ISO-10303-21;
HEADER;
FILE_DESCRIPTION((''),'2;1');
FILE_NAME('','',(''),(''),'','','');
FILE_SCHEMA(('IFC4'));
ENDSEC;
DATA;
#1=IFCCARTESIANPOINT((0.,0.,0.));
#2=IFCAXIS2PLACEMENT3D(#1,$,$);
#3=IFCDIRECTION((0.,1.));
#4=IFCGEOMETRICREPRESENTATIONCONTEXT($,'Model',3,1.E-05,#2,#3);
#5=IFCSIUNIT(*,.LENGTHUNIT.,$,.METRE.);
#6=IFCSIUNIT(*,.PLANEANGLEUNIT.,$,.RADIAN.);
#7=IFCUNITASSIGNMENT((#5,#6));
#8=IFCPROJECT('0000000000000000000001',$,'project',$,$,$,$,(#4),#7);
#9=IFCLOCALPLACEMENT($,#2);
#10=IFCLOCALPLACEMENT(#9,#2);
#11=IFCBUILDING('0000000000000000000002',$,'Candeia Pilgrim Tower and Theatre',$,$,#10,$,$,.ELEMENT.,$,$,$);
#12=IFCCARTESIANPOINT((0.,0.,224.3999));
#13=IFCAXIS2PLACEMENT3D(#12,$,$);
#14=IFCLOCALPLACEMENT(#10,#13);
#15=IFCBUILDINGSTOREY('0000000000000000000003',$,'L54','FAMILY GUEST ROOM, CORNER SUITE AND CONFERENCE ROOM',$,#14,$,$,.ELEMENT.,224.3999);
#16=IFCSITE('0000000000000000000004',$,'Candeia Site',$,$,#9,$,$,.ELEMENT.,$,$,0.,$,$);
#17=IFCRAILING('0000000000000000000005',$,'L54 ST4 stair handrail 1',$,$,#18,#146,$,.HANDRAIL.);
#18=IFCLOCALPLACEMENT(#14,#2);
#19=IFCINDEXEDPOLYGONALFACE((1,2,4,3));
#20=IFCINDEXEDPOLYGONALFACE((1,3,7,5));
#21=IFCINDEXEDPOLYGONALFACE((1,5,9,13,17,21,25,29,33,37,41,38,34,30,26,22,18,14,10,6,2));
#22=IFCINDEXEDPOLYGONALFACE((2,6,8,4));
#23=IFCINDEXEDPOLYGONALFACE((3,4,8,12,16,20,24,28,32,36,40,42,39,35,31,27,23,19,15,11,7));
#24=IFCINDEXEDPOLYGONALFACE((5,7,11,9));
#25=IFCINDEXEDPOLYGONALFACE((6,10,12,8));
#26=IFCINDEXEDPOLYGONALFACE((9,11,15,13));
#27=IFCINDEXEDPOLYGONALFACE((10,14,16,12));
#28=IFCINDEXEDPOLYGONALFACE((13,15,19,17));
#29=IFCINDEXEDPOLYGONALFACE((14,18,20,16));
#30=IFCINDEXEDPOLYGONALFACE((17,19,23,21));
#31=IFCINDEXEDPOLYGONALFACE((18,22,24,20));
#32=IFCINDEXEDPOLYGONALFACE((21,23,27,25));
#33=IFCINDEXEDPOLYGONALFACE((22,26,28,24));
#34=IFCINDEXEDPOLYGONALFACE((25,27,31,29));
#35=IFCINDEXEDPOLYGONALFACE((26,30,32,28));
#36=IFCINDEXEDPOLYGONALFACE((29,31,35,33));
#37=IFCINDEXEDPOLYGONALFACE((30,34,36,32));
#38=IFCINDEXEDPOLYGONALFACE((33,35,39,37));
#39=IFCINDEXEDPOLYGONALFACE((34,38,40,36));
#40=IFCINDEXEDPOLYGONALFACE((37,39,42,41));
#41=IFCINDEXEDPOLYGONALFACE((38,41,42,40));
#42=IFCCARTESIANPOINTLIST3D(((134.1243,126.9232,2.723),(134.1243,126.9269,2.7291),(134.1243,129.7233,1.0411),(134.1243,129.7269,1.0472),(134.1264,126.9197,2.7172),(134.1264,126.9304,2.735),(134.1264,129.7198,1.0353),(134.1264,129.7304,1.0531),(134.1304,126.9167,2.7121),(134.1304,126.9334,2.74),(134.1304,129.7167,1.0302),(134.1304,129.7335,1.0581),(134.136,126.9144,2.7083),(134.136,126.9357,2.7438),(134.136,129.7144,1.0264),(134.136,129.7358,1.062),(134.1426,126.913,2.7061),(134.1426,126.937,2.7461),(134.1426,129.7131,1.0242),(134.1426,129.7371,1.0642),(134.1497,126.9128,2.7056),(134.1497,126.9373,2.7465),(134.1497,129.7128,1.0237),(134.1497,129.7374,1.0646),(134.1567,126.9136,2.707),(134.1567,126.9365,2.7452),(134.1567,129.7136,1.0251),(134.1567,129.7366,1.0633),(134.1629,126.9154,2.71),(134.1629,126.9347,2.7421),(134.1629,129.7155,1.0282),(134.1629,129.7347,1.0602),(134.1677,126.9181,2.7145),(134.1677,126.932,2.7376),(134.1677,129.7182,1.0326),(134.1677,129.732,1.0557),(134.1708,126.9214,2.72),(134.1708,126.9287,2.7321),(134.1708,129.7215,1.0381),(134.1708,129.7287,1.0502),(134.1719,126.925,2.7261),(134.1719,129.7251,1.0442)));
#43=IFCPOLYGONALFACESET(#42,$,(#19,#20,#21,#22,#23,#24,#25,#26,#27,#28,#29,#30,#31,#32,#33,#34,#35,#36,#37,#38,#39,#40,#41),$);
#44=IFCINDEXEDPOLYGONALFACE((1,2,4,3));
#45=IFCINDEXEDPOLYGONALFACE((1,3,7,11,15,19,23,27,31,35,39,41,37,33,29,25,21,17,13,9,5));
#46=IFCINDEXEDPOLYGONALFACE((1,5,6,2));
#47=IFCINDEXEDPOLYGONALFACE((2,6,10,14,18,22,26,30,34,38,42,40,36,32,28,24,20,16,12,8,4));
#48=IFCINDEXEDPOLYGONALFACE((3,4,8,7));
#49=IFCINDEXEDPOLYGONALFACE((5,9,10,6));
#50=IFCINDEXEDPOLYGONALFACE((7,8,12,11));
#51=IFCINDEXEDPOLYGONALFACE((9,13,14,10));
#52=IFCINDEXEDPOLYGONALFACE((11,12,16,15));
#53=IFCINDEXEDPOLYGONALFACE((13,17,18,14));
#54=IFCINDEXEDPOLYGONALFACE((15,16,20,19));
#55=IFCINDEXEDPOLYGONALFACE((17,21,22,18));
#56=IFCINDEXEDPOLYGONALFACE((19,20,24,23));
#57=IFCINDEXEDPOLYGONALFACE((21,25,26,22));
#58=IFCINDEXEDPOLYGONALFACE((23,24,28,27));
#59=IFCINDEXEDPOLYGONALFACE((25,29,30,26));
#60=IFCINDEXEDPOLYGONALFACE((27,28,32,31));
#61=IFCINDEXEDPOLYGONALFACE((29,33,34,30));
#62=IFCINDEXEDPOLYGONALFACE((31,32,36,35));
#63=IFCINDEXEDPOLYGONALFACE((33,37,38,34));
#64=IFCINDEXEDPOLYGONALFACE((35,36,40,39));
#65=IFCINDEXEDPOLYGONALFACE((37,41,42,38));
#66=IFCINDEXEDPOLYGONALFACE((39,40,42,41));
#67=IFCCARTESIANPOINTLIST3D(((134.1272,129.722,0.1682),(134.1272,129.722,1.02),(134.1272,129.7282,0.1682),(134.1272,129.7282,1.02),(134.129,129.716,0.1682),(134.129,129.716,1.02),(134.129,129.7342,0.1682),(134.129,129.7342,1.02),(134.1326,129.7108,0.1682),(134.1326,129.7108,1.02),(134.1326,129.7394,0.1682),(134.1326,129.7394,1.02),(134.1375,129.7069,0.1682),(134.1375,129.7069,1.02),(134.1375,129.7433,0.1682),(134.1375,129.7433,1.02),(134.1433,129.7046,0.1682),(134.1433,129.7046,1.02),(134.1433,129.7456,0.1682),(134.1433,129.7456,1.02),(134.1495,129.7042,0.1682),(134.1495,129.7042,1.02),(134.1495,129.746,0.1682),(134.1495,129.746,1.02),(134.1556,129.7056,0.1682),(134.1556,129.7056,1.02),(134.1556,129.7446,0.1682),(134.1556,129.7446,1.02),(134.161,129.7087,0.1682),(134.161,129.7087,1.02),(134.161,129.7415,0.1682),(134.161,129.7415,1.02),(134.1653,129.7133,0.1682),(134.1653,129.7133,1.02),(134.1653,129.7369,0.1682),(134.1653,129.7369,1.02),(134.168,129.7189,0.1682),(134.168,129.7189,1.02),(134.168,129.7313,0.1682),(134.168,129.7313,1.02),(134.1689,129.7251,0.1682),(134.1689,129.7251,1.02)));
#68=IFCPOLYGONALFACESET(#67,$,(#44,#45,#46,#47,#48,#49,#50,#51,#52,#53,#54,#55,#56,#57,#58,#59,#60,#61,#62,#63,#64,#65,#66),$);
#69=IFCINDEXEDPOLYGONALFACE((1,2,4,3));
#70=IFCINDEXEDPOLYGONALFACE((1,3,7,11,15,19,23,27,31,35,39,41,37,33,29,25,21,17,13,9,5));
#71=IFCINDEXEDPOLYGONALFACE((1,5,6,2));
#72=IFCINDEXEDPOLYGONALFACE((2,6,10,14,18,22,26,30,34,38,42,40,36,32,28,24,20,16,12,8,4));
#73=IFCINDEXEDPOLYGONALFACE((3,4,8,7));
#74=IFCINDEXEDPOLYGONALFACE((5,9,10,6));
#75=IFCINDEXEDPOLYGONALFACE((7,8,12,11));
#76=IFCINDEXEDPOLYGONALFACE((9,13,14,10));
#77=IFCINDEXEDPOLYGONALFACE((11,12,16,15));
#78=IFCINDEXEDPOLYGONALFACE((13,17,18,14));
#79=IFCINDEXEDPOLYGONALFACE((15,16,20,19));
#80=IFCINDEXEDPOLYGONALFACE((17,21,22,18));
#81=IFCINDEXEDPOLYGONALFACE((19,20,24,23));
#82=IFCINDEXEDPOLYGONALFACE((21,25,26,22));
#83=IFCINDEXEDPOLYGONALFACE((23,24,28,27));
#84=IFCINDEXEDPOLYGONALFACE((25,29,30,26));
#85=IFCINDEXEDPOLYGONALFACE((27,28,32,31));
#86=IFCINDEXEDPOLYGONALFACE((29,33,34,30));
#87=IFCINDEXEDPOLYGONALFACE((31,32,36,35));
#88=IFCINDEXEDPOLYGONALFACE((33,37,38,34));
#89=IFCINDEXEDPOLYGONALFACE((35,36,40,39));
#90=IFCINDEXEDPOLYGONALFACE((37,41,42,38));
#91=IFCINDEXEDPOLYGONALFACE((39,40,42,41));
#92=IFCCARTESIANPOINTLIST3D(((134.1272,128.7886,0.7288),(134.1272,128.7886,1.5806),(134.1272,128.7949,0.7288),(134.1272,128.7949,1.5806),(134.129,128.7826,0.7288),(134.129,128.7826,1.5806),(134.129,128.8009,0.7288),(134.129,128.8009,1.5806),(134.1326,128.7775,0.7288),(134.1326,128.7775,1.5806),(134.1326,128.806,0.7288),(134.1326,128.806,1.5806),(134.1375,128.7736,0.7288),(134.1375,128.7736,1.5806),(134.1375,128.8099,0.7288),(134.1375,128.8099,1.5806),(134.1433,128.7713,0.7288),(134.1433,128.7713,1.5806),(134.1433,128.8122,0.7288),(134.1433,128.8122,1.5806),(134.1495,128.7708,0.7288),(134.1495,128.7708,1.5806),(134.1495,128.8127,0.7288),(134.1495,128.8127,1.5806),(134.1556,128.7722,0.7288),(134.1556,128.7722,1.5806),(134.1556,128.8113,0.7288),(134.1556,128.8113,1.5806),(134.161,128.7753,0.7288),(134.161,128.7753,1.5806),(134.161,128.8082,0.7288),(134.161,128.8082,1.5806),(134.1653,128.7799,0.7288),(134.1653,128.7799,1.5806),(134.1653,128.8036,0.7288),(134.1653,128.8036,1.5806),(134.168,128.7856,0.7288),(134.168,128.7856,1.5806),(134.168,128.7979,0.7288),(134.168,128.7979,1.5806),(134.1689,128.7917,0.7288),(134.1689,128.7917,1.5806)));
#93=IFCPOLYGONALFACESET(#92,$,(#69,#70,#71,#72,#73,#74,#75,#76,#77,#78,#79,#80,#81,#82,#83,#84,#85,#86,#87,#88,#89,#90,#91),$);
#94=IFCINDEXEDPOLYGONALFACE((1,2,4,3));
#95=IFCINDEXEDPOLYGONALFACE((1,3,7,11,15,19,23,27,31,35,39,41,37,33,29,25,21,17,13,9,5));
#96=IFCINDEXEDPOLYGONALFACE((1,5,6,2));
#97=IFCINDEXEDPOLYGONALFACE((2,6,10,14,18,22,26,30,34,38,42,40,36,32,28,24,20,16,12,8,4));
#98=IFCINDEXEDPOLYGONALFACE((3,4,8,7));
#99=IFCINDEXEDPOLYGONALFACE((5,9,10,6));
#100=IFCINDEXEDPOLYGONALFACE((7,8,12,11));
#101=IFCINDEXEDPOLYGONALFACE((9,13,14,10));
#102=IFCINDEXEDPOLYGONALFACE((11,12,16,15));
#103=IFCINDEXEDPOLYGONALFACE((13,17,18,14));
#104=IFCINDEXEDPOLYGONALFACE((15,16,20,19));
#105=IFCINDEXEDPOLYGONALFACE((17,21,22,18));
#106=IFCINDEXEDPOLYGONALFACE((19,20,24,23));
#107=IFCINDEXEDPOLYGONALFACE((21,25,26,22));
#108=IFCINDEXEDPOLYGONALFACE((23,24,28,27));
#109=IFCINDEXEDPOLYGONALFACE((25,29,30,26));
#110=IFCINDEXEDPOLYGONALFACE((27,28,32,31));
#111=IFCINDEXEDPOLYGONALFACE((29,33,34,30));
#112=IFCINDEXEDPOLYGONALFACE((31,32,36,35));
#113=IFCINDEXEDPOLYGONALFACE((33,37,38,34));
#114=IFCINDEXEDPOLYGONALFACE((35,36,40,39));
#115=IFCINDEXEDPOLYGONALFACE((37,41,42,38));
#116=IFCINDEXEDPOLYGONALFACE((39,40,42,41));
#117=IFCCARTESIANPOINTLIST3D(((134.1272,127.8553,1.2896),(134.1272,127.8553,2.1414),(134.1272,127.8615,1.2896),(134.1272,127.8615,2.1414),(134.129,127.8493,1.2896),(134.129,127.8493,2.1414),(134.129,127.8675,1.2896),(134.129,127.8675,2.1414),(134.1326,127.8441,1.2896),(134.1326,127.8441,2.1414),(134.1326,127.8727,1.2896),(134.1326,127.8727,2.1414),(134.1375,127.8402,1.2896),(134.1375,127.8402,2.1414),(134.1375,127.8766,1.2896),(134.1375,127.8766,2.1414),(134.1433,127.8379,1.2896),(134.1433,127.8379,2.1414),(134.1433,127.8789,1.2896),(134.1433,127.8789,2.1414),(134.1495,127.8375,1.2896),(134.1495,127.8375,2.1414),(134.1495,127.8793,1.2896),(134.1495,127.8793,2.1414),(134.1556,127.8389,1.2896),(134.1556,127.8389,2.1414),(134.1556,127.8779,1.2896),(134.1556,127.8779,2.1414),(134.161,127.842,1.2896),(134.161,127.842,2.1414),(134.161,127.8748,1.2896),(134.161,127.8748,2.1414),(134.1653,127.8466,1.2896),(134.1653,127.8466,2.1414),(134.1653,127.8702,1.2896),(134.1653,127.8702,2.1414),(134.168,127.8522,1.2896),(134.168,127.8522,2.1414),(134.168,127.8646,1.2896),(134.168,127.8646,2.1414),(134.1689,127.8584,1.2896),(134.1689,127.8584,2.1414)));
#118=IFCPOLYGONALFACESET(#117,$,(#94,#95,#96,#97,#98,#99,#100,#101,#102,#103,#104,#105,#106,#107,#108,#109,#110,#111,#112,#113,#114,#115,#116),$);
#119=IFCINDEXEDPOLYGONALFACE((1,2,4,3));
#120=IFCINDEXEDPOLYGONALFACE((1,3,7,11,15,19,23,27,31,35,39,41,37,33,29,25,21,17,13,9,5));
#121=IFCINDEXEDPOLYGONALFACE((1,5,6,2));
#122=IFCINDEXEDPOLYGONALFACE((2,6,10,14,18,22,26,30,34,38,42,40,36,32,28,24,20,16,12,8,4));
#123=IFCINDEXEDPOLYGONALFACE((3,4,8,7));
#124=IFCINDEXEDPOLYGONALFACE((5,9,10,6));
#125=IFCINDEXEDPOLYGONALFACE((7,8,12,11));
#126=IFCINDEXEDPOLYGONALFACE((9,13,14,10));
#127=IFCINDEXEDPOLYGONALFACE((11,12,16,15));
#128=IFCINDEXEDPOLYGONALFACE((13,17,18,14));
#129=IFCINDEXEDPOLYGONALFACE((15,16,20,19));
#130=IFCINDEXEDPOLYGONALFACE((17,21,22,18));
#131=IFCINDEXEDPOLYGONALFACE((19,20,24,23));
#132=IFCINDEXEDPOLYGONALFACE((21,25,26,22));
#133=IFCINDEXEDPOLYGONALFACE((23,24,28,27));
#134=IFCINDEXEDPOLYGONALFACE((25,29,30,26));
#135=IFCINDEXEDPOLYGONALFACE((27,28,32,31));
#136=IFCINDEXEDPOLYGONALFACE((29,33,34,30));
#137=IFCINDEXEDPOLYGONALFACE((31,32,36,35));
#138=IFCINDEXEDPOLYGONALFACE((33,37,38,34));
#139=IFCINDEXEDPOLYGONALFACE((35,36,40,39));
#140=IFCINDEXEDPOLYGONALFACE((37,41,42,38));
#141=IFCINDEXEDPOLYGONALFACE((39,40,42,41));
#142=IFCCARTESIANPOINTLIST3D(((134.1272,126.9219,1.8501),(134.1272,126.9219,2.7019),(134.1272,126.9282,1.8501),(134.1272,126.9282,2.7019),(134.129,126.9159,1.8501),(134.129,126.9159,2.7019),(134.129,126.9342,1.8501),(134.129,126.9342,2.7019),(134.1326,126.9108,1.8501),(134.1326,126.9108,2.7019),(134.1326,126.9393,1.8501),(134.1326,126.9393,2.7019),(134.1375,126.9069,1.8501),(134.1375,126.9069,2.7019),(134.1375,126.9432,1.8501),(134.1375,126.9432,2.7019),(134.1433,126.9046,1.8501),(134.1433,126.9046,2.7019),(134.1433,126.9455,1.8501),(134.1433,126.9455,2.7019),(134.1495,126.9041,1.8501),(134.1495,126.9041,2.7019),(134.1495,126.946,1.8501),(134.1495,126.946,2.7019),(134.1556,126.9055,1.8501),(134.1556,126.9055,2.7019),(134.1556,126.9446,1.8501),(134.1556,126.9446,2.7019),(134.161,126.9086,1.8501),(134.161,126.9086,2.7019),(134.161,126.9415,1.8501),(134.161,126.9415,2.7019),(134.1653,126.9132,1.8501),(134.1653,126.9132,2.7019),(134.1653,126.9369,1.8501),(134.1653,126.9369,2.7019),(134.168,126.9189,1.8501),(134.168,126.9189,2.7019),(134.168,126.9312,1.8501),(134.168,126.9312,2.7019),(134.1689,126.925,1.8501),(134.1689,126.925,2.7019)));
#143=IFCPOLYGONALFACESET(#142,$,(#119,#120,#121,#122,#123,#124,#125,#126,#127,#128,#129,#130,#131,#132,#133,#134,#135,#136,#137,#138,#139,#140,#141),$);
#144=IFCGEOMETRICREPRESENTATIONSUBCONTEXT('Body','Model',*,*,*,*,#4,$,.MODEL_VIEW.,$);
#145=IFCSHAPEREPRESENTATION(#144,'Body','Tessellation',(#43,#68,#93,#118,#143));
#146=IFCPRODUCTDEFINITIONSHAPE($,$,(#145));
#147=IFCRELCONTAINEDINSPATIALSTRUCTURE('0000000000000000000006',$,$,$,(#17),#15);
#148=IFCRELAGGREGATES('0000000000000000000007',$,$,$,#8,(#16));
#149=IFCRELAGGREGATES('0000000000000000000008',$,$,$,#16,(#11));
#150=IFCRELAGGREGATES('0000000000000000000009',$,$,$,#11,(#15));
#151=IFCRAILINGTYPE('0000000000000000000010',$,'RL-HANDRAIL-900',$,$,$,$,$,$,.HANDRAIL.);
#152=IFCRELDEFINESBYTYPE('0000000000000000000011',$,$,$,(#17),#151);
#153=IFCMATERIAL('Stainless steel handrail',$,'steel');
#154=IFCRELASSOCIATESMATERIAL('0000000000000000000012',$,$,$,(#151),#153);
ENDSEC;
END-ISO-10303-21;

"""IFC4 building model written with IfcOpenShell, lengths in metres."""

from ifc_helpers import new_model, si_unit, direction, frame, origin, origin_2d, place, context, subcontext, project, spatial, circle, extrude, material, type_object, element, save


model = new_model("IFC4")

# Units and contexts
model_context = context("Model", 3, precision=1e-05, world=origin(), true_north=direction((0.0, 1.0)))
body_context = subcontext(model_context, "Body", "Model", "MODEL_VIEW")
ifc_project = project(units=[si_unit("LENGTHUNIT", "METRE"), si_unit("PLANEANGLEUNIT", "RADIAN")], contexts=[model_context])

# Site, building, storey
site_placement = place(None, origin())
site = spatial("IfcSite", under=ifc_project, at=site_placement, Name="Candeia Site", CompositionType="ELEMENT", RefElevation=0.0)
building_placement = place(site_placement, origin())
building = spatial("IfcBuilding", under=site, at=building_placement, Name="Candeia Pilgrim Tower and Theatre", CompositionType="ELEMENT")
storey_placement = place(building_placement, frame((0.0, 0.0, 224.3999)))
storey = spatial("IfcBuildingStorey", under=building, at=storey_placement, Name="L54", Description="FAMILY GUEST ROOM, CORNER SUITE AND CONFERENCE ROOM", CompositionType="ELEMENT", Elevation=224.3999)

# Railing
ifc_material_1 = material(Name="Stainless steel handrail", Category="steel")
railing_type_1 = type_object("IfcRailingType", Name="RL-HANDRAIL-900", PredefinedType="HANDRAIL", material=ifc_material_1)
railing_1_placement = place(storey_placement, frame((134.1479, 129.7251, 0.1682)))
element("IfcRailing", 1, at=railing_1_placement, inside=storey, type_object=railing_type_1, Name="L54 ST4 stair handrail 1", PredefinedType="HANDRAIL", context=body_context, shape_type="SweptSolid", body=[
    extrude(circle(Radius=0.0239, at=origin_2d()), frame((0.0, 0.0, 0.876), z_axis=(0.0, -0.857242, 0.514913), x_axis=(1.0, 0.0, 0.0)), (0.0, 0.0, 1.0), 3.2664),
    extrude(circle(Radius=0.021, at=origin_2d()), origin(), (0.0, 0.0, 1.0), 0.8518),
    extrude(circle(Radius=0.021, at=origin_2d()), frame((0.0, -0.9333, 0.5605)), (0.0, 0.0, 1.0), 0.8518),
    extrude(circle(Radius=0.021, at=origin_2d()), frame((0.0, -1.8667, 1.1213)), (0.0, 0.0, 1.0), 0.8518),
    extrude(circle(Radius=0.021, at=origin_2d()), frame((0.0, -2.8, 1.6819)), (0.0, 0.0, 1.0), 0.8518),
])

save(model, "model.ifc")
